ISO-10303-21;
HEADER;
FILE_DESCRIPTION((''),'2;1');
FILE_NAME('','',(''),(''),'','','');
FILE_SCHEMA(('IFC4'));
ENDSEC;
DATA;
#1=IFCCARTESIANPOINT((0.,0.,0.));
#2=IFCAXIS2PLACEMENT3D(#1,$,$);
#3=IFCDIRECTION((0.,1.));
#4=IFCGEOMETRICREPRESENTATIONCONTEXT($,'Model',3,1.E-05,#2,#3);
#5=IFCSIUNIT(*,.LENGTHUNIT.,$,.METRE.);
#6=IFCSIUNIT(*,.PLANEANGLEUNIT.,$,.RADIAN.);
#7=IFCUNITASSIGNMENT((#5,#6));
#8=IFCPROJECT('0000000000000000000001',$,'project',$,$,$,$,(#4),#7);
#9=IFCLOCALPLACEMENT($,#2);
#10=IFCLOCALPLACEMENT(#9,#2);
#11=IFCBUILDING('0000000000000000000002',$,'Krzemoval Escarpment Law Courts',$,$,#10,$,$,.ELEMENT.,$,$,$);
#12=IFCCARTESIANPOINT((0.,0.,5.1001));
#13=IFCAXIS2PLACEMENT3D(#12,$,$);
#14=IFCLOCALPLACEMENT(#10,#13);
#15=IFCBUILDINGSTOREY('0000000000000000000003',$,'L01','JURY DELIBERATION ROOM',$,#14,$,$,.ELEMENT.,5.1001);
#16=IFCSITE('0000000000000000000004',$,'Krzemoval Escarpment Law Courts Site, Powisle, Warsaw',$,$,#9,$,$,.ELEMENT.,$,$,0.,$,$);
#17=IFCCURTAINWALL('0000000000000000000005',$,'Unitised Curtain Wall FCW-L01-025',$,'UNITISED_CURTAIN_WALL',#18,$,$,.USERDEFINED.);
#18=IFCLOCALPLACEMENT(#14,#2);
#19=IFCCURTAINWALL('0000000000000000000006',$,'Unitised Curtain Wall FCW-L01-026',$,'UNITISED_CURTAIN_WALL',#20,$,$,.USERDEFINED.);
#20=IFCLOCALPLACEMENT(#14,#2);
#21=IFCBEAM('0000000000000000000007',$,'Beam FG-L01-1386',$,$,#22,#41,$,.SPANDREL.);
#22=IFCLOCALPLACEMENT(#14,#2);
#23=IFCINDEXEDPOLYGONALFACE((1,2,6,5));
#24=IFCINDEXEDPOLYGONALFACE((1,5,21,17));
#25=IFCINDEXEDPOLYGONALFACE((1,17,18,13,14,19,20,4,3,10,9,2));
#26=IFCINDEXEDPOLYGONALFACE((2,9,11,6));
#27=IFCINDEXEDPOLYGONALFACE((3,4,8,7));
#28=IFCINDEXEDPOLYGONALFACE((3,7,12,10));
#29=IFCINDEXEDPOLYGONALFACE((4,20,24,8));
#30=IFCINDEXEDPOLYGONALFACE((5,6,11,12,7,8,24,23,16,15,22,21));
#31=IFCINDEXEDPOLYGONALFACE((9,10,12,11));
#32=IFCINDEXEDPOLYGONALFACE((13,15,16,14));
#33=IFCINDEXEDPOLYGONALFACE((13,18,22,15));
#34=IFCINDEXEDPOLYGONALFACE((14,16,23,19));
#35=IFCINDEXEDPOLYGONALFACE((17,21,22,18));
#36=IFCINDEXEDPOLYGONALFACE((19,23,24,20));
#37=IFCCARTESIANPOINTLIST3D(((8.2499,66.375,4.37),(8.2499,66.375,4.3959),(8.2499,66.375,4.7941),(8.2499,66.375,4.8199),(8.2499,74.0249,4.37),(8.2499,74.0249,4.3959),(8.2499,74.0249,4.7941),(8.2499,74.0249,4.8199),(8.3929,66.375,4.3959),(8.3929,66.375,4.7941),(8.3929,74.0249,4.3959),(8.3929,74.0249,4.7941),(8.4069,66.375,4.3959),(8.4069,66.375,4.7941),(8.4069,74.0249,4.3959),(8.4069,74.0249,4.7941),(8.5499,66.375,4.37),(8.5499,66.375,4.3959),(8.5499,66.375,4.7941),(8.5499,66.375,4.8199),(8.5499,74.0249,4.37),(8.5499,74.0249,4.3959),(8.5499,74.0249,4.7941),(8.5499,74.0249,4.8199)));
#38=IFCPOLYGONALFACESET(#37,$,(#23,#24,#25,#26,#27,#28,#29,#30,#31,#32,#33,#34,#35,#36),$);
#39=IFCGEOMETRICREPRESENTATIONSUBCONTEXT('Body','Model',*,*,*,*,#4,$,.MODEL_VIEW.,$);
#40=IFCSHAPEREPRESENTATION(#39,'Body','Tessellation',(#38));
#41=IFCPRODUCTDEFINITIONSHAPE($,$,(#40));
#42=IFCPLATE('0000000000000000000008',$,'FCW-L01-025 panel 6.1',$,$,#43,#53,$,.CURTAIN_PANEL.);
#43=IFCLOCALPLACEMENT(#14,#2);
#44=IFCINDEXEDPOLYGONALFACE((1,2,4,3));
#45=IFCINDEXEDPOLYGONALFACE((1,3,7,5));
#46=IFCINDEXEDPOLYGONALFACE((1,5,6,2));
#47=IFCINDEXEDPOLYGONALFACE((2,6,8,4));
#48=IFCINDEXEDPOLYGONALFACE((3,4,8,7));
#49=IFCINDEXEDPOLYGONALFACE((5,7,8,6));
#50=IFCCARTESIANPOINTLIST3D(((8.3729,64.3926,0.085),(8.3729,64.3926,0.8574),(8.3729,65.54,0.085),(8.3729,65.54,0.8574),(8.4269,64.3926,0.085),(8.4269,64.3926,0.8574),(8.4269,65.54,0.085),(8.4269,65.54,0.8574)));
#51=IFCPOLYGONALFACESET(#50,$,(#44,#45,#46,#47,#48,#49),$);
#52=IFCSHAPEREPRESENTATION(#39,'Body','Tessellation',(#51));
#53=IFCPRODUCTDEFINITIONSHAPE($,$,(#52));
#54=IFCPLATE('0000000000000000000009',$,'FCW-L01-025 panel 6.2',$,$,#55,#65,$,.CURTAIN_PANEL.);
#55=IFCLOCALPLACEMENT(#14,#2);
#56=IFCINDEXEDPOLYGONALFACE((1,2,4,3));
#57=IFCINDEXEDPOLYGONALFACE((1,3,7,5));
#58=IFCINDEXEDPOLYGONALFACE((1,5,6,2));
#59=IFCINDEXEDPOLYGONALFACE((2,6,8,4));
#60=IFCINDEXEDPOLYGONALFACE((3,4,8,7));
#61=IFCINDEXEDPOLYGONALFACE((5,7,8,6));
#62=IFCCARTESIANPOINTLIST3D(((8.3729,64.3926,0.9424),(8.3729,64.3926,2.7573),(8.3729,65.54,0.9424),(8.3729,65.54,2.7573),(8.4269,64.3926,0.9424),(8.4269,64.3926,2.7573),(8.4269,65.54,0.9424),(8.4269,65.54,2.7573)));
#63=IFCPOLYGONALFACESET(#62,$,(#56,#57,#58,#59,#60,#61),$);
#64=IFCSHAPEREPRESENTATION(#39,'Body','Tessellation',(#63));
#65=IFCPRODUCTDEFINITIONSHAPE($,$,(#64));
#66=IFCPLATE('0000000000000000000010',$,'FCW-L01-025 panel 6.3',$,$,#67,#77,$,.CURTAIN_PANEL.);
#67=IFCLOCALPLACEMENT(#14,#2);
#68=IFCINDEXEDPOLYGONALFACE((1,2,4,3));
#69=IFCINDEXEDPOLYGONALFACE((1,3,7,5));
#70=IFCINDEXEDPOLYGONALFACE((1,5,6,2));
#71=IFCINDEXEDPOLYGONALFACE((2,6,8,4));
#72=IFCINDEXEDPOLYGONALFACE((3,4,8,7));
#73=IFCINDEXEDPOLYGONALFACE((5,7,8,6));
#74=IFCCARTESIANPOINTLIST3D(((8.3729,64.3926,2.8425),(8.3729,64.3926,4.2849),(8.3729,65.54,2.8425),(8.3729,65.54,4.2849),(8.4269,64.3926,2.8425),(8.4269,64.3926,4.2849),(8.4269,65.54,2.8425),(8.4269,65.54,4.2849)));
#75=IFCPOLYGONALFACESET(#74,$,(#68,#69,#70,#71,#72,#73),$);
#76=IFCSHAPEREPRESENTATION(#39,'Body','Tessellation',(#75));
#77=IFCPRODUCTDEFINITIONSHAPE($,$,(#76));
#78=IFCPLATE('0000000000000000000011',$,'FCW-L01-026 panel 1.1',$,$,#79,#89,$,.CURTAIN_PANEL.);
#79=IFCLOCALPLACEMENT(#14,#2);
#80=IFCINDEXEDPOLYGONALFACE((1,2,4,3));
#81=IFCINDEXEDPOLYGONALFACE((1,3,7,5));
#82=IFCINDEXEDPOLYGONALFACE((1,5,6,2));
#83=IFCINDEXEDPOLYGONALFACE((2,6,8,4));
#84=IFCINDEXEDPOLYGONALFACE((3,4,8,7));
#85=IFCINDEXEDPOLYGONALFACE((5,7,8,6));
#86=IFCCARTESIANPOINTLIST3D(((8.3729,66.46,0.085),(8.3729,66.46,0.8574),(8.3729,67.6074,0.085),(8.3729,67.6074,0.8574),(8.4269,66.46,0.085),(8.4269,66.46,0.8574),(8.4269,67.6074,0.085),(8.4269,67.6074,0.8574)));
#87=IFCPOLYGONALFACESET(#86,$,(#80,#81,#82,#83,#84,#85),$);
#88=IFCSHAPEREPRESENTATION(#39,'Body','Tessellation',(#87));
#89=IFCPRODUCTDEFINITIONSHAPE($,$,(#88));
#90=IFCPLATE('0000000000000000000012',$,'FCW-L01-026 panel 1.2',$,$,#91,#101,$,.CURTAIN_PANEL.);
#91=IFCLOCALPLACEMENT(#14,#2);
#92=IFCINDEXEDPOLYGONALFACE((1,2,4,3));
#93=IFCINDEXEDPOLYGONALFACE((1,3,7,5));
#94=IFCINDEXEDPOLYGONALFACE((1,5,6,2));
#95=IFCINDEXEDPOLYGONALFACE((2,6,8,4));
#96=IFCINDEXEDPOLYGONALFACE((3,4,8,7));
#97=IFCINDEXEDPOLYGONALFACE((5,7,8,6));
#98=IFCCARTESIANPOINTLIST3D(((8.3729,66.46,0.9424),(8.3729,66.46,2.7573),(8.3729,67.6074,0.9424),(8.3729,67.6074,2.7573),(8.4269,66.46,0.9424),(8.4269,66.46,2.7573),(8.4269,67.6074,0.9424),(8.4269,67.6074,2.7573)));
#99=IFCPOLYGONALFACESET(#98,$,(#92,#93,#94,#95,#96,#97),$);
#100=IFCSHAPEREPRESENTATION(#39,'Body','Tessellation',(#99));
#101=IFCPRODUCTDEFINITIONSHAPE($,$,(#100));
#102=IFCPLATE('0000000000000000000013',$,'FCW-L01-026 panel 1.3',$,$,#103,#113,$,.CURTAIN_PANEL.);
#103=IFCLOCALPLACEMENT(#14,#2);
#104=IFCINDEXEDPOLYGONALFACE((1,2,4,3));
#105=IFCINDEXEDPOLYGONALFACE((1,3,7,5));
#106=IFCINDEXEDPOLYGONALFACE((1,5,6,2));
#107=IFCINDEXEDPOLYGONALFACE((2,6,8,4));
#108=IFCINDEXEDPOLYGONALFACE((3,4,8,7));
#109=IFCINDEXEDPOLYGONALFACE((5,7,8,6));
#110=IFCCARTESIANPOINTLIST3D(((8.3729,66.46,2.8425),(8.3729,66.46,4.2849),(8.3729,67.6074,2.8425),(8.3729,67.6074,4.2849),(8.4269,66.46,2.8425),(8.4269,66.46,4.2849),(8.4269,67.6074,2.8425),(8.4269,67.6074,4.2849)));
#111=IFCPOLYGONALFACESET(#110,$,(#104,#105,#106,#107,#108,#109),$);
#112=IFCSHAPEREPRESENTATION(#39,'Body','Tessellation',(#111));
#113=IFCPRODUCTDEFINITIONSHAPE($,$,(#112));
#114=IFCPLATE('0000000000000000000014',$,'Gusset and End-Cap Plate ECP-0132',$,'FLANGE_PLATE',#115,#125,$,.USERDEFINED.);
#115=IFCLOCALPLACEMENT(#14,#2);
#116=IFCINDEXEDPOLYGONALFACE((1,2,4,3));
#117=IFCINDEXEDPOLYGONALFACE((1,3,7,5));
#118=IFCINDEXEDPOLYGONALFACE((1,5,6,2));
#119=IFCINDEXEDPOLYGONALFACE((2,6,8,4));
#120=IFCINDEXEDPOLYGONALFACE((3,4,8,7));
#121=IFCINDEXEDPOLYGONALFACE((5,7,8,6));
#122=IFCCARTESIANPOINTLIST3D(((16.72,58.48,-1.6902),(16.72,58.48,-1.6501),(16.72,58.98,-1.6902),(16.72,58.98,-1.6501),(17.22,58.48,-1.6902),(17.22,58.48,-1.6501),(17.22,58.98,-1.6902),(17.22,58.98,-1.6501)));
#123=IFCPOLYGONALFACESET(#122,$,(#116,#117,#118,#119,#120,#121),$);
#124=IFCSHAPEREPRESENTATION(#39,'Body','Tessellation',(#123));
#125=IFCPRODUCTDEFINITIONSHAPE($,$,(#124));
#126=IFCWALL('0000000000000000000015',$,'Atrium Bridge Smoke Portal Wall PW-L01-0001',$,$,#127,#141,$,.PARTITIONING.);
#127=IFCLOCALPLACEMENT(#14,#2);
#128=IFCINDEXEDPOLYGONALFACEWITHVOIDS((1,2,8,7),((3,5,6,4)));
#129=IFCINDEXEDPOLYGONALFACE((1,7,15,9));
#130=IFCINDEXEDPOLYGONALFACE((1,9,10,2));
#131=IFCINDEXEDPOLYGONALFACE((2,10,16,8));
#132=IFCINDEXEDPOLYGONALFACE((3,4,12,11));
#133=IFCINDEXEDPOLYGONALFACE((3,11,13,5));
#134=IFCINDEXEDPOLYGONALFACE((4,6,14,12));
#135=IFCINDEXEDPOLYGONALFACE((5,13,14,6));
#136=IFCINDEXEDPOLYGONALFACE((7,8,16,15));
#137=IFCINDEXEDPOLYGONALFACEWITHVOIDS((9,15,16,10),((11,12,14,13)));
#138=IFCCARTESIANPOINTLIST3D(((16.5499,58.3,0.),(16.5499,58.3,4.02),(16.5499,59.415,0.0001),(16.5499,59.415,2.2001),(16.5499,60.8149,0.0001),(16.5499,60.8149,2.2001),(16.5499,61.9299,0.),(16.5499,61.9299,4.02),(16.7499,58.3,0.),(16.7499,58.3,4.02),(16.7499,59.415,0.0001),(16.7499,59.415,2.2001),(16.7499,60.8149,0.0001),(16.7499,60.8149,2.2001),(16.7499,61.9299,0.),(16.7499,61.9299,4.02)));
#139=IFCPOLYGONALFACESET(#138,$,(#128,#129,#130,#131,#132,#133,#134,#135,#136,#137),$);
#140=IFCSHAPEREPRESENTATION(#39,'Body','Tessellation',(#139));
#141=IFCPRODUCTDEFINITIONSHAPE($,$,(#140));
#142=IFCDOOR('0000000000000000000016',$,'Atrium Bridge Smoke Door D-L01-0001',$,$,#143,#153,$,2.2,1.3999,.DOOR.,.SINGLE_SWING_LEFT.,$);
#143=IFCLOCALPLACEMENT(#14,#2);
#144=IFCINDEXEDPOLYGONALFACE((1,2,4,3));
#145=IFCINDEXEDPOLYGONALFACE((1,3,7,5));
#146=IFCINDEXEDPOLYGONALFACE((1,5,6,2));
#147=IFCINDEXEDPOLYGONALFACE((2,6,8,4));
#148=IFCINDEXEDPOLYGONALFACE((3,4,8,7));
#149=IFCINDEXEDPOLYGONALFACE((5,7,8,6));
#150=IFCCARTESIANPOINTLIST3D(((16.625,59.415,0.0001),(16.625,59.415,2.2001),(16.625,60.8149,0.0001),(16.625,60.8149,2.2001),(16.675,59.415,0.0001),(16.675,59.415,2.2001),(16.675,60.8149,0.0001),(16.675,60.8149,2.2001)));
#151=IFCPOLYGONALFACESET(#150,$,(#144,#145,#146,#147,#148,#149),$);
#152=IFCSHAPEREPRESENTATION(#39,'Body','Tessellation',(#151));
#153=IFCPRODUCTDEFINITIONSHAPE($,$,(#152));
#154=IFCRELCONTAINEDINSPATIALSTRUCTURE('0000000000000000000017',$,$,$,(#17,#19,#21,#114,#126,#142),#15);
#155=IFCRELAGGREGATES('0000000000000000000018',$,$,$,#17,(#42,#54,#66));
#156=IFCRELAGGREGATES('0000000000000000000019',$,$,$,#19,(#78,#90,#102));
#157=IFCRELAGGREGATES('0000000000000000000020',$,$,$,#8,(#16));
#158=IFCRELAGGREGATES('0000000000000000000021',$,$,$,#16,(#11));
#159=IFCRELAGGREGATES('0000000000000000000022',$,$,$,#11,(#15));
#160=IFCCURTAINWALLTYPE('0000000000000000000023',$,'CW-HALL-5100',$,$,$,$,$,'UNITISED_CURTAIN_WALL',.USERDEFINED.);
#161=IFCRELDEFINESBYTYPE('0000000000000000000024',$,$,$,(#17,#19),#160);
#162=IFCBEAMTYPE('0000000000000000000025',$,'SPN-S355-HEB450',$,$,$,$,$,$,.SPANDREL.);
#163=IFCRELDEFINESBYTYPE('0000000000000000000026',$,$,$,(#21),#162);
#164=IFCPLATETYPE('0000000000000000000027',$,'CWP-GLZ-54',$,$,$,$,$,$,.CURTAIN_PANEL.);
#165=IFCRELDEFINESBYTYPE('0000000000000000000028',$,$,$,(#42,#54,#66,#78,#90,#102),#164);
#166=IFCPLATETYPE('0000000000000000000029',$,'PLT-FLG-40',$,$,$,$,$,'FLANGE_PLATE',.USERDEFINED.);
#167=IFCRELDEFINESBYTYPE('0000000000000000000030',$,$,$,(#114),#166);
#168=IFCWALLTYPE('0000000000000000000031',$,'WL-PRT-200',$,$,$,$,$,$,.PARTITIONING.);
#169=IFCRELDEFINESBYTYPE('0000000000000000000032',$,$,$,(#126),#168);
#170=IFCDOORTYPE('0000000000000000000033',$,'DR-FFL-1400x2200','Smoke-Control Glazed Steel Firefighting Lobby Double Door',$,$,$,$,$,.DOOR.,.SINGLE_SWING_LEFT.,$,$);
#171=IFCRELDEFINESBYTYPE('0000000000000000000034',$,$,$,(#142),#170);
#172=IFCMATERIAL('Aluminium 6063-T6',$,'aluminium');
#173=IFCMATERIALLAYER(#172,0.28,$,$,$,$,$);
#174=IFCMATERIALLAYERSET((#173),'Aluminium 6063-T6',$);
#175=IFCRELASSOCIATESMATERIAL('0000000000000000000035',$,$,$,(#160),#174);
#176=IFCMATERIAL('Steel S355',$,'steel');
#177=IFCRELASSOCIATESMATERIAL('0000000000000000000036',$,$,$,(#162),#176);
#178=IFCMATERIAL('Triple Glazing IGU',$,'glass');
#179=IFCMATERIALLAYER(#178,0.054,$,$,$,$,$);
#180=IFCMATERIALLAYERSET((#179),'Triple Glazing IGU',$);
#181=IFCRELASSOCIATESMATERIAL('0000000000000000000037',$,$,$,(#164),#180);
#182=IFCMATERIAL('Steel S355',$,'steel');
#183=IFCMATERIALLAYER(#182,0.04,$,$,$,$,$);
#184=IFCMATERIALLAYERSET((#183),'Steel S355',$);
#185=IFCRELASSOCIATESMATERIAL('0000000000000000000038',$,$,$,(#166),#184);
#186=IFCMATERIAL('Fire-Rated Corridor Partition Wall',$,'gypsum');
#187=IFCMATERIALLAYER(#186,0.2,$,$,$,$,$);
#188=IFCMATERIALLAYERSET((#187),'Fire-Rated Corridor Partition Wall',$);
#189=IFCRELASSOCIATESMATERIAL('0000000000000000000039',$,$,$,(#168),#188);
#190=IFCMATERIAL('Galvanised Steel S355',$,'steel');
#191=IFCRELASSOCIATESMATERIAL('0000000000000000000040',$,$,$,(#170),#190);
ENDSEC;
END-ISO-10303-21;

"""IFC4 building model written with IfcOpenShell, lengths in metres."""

from ifc_helpers import new_model, si_unit, direction, frame, frame_2d, origin, origin_2d, place, context, subcontext, project, spatial, rectangle, i_section, extrude, material, layer, layer_set, material_profile, profile_set, type_object, element, fill, aggregate, save


model = new_model("IFC4")

# Units and contexts
model_context = context("Model", 3, precision=1e-05, world=origin(), true_north=direction((0.0, 1.0)))
body_context = subcontext(model_context, "Body", "Model", "MODEL_VIEW")
ifc_project = project(units=[si_unit("LENGTHUNIT", "METRE"), si_unit("PLANEANGLEUNIT", "RADIAN")], contexts=[model_context])

# Site, building, storey
site_placement = place(None, origin())
site = spatial("IfcSite", under=ifc_project, at=site_placement, Name="Krzemoval Escarpment Law Courts Site, Powisle, Warsaw", CompositionType="ELEMENT", RefElevation=0.0)
building_placement = place(site_placement, origin())
building = spatial("IfcBuilding", under=site, at=building_placement, Name="Krzemoval Escarpment Law Courts", CompositionType="ELEMENT")
storey_placement = place(building_placement, frame((0.0, 0.0, 5.1001)))
storey = spatial("IfcBuildingStorey", under=building, at=storey_placement, Name="L01", Description="JURY DELIBERATION ROOM", CompositionType="ELEMENT", Elevation=5.1001)

# Curtain wall
ifc_material_1 = material(Name="Aluminium 6063-T6", Category="aluminium")
ifc_layer_1 = layer(ifc_material_1, 0.28)
ifc_layer_set_1 = layer_set([ifc_layer_1], Name="Aluminium 6063-T6")
curtain_wall_type = type_object("IfcCurtainWallType", Name="CW-HALL-5100", ElementType="UNITISED_CURTAIN_WALL", PredefinedType="USERDEFINED", material=ifc_layer_set_1)
curtain_wall_1_placement = place(storey_placement, origin())
curtain_wall_1 = element("IfcCurtainWall", 1, at=curtain_wall_1_placement, inside=storey, type_object=curtain_wall_type, Name="Unitised Curtain Wall FCW-L01-025", ObjectType="UNITISED_CURTAIN_WALL", PredefinedType="USERDEFINED")

# Curtain wall
curtain_wall_2_placement = place(storey_placement, origin())
curtain_wall_2 = element("IfcCurtainWall", 2, at=curtain_wall_2_placement, inside=storey, type_object=curtain_wall_type, Name="Unitised Curtain Wall FCW-L01-026", ObjectType="UNITISED_CURTAIN_WALL", PredefinedType="USERDEFINED")

# Beam
ifc_material_2 = material(Name="Steel S355", Category="steel")
ifc_material_profile_1 = material_profile(ifc_material_2, i_section(OverallWidth=0.3, OverallDepth=0.45, WebThickness=0.0139, FlangeThickness=0.0259, at=origin_2d()), Name="HEB 450")
ifc_profile_set_1 = profile_set([ifc_material_profile_1], Name="Steel S355")
beam_type_1 = type_object("IfcBeamType", Name="SPN-S355-HEB450", PredefinedType="SPANDREL", material=ifc_profile_set_1)
beam_1_placement = place(storey_placement, frame((8.3999, 66.375, 4.595), z_axis=(0.0, 1.0, 0.0), x_axis=(-1.0, 0.0, 0.0)))
element("IfcBeam", 3, at=beam_1_placement, inside=storey, type_object=beam_type_1, Name="Beam FG-L01-1386", PredefinedType="SPANDREL", context=body_context, shape_type="SweptSolid", body=[
    extrude(i_section(OverallWidth=0.3, OverallDepth=0.45, WebThickness=0.0139, FlangeThickness=0.0259, at=origin_2d()), origin(), (0.0, 0.0, 1.0), 7.6499),
])

# Plates
ifc_material_3 = material(Name="Triple Glazing IGU", Category="glass")
ifc_layer_2 = layer(ifc_material_3, 0.054)
ifc_layer_set_2 = layer_set([ifc_layer_2], Name="Triple Glazing IGU")
plate_type_1 = type_object("IfcPlateType", Name="CWP-GLZ-54", PredefinedType="CURTAIN_PANEL", material=ifc_layer_set_2)
plate_1_placement = place(storey_placement, frame((8.3999, 64.9663, 0.085), z_axis=(0.0, 0.0, 1.0), x_axis=(0.0, 1.0, 0.0)))
plate_1 = element("IfcPlate", 4, at=plate_1_placement, type_object=plate_type_1, Name="FCW-L01-025 panel 6.1", PredefinedType="CURTAIN_PANEL", context=body_context, shape_type="SweptSolid", body=[
    extrude(rectangle(XDim=1.1475, YDim=0.054, at=origin_2d()), origin(), (0.0, 0.0, 1.0), 0.7725),
])
plate_2_placement = place(storey_placement, frame((8.3999, 64.9663, 0.9424), z_axis=(0.0, 0.0, 1.0), x_axis=(0.0, 1.0, 0.0)))
plate_2 = element("IfcPlate", 5, at=plate_2_placement, type_object=plate_type_1, Name="FCW-L01-025 panel 6.2", PredefinedType="CURTAIN_PANEL", context=body_context, shape_type="SweptSolid", body=[
    extrude(rectangle(XDim=1.1475, YDim=0.054, at=origin_2d()), origin(), (0.0, 0.0, 1.0), 1.8149),
])
plate_3_placement = place(storey_placement, frame((8.3999, 64.9663, 2.8425), z_axis=(0.0, 0.0, 1.0), x_axis=(0.0, 1.0, 0.0)))
plate_3 = element("IfcPlate", 6, at=plate_3_placement, type_object=plate_type_1, Name="FCW-L01-025 panel 6.3", PredefinedType="CURTAIN_PANEL", context=body_context, shape_type="SweptSolid", body=[
    extrude(rectangle(XDim=1.1475, YDim=0.054, at=origin_2d()), origin(), (0.0, 0.0, 1.0), 1.4424),
])
aggregate(curtain_wall_1, [plate_1, plate_2, plate_3])
plate_4_placement = place(storey_placement, frame((8.3999, 67.0337, 0.085), z_axis=(0.0, 0.0, 1.0), x_axis=(0.0, 1.0, 0.0)))
plate_4 = element("IfcPlate", 7, at=plate_4_placement, type_object=plate_type_1, Name="FCW-L01-026 panel 1.1", PredefinedType="CURTAIN_PANEL", context=body_context, shape_type="SweptSolid", body=[
    extrude(rectangle(XDim=1.1475, YDim=0.054, at=origin_2d()), origin(), (0.0, 0.0, 1.0), 0.7725),
])
plate_5_placement = place(storey_placement, frame((8.3999, 67.0337, 0.9424), z_axis=(0.0, 0.0, 1.0), x_axis=(0.0, 1.0, 0.0)))
plate_5 = element("IfcPlate", 8, at=plate_5_placement, type_object=plate_type_1, Name="FCW-L01-026 panel 1.2", PredefinedType="CURTAIN_PANEL", context=body_context, shape_type="SweptSolid", body=[
    extrude(rectangle(XDim=1.1475, YDim=0.054, at=origin_2d()), origin(), (0.0, 0.0, 1.0), 1.8149),
])
plate_6_placement = place(storey_placement, frame((8.3999, 67.0337, 2.8425), z_axis=(0.0, 0.0, 1.0), x_axis=(0.0, 1.0, 0.0)))
plate_6 = element("IfcPlate", 9, at=plate_6_placement, type_object=plate_type_1, Name="FCW-L01-026 panel 1.3", PredefinedType="CURTAIN_PANEL", context=body_context, shape_type="SweptSolid", body=[
    extrude(rectangle(XDim=1.1475, YDim=0.054, at=origin_2d()), origin(), (0.0, 0.0, 1.0), 1.4424),
])
aggregate(curtain_wall_2, [plate_4, plate_5, plate_6])
ifc_material_4 = material(Name="Steel S355", Category="steel")
ifc_layer_3 = layer(ifc_material_4, 0.04)
ifc_layer_set_3 = layer_set([ifc_layer_3], Name="Steel S355")
plate_type_2 = type_object("IfcPlateType", Name="PLT-FLG-40", ElementType="FLANGE_PLATE", PredefinedType="USERDEFINED", material=ifc_layer_set_3)
plate_7_placement = place(storey_placement, frame((16.97, 58.73, -1.6902), z_axis=(0.0, 0.0, 1.0), x_axis=(1.0, 0.0, 0.0)))
element("IfcPlate", 10, at=plate_7_placement, inside=storey, type_object=plate_type_2, Name="Gusset and End-Cap Plate ECP-0132", ObjectType="FLANGE_PLATE", PredefinedType="USERDEFINED", context=body_context, shape_type="SweptSolid", body=[
    extrude(rectangle(XDim=0.5, YDim=0.5, at=origin_2d()), origin(), (0.0, 0.0, 1.0), 0.04),
])

# Wall, opening, door
ifc_material_5 = material(Name="Fire-Rated Corridor Partition Wall", Category="gypsum")
ifc_layer_4 = layer(ifc_material_5, 0.2)
ifc_layer_set_4 = layer_set([ifc_layer_4], Name="Fire-Rated Corridor Partition Wall")
wall_type = type_object("IfcWallType", Name="WL-PRT-200", PredefinedType="PARTITIONING", material=ifc_layer_set_4)
wall_placement = place(storey_placement, frame((16.6499, 58.3, 0.0), z_axis=(0.0, 0.0, 1.0), x_axis=(0.0, 1.0, 0.0)))
wall = element("IfcWall", 11, at=wall_placement, inside=storey, type_object=wall_type, Name="Atrium Bridge Smoke Portal Wall PW-L01-0001", PredefinedType="PARTITIONING", context=body_context, shape_type="SweptSolid", body=[
    extrude(rectangle(XDim=3.6299, YDim=0.2, at=frame_2d((1.8149, 0.0))), origin(), (0.0, 0.0, 1.0), 4.02),
])
opening_placement = place(wall_placement, frame((1.115, 0.0, 0.0)))
opening = element("IfcOpeningElement", 12, at=opening_placement, cuts=wall, PredefinedType="OPENING", context=body_context, shape_type="SweptSolid", body=[
    extrude(rectangle(XDim=1.3999, YDim=2.2, at=frame_2d((0.7, 1.1001))), frame((0.0, 0.115, 0.0), z_axis=(0.0, -1.0, 0.0), x_axis=(1.0, 0.0, 0.0)), (0.0, 0.0, 1.0), 0.2299),
])
ifc_material_6 = material(Name="Galvanised Steel S355", Category="steel")
door_type = type_object("IfcDoorType", Name="DR-FFL-1400x2200", Description="Smoke-Control Glazed Steel Firefighting Lobby Double Door", OperationType="SINGLE_SWING_LEFT", PredefinedType="DOOR", material=ifc_material_6)
door_placement = place(opening_placement, origin())
door = element("IfcDoor", 13, at=door_placement, inside=storey, type_object=door_type, Name="Atrium Bridge Smoke Door D-L01-0001", OperationType="SINGLE_SWING_LEFT", OverallHeight=2.2, OverallWidth=1.3999, PredefinedType="DOOR", context=body_context, shape_type="SweptSolid", body=[
    extrude(rectangle(XDim=1.3999, YDim=2.2, at=frame_2d((0.7, 1.1001))), frame((0.0, 0.0249, 0.0), z_axis=(0.0, -1.0, 0.0), x_axis=(1.0, 0.0, 0.0)), (0.0, 0.0, 1.0), 0.05),
])
fill(opening, door)

save(model, "model.ifc")
